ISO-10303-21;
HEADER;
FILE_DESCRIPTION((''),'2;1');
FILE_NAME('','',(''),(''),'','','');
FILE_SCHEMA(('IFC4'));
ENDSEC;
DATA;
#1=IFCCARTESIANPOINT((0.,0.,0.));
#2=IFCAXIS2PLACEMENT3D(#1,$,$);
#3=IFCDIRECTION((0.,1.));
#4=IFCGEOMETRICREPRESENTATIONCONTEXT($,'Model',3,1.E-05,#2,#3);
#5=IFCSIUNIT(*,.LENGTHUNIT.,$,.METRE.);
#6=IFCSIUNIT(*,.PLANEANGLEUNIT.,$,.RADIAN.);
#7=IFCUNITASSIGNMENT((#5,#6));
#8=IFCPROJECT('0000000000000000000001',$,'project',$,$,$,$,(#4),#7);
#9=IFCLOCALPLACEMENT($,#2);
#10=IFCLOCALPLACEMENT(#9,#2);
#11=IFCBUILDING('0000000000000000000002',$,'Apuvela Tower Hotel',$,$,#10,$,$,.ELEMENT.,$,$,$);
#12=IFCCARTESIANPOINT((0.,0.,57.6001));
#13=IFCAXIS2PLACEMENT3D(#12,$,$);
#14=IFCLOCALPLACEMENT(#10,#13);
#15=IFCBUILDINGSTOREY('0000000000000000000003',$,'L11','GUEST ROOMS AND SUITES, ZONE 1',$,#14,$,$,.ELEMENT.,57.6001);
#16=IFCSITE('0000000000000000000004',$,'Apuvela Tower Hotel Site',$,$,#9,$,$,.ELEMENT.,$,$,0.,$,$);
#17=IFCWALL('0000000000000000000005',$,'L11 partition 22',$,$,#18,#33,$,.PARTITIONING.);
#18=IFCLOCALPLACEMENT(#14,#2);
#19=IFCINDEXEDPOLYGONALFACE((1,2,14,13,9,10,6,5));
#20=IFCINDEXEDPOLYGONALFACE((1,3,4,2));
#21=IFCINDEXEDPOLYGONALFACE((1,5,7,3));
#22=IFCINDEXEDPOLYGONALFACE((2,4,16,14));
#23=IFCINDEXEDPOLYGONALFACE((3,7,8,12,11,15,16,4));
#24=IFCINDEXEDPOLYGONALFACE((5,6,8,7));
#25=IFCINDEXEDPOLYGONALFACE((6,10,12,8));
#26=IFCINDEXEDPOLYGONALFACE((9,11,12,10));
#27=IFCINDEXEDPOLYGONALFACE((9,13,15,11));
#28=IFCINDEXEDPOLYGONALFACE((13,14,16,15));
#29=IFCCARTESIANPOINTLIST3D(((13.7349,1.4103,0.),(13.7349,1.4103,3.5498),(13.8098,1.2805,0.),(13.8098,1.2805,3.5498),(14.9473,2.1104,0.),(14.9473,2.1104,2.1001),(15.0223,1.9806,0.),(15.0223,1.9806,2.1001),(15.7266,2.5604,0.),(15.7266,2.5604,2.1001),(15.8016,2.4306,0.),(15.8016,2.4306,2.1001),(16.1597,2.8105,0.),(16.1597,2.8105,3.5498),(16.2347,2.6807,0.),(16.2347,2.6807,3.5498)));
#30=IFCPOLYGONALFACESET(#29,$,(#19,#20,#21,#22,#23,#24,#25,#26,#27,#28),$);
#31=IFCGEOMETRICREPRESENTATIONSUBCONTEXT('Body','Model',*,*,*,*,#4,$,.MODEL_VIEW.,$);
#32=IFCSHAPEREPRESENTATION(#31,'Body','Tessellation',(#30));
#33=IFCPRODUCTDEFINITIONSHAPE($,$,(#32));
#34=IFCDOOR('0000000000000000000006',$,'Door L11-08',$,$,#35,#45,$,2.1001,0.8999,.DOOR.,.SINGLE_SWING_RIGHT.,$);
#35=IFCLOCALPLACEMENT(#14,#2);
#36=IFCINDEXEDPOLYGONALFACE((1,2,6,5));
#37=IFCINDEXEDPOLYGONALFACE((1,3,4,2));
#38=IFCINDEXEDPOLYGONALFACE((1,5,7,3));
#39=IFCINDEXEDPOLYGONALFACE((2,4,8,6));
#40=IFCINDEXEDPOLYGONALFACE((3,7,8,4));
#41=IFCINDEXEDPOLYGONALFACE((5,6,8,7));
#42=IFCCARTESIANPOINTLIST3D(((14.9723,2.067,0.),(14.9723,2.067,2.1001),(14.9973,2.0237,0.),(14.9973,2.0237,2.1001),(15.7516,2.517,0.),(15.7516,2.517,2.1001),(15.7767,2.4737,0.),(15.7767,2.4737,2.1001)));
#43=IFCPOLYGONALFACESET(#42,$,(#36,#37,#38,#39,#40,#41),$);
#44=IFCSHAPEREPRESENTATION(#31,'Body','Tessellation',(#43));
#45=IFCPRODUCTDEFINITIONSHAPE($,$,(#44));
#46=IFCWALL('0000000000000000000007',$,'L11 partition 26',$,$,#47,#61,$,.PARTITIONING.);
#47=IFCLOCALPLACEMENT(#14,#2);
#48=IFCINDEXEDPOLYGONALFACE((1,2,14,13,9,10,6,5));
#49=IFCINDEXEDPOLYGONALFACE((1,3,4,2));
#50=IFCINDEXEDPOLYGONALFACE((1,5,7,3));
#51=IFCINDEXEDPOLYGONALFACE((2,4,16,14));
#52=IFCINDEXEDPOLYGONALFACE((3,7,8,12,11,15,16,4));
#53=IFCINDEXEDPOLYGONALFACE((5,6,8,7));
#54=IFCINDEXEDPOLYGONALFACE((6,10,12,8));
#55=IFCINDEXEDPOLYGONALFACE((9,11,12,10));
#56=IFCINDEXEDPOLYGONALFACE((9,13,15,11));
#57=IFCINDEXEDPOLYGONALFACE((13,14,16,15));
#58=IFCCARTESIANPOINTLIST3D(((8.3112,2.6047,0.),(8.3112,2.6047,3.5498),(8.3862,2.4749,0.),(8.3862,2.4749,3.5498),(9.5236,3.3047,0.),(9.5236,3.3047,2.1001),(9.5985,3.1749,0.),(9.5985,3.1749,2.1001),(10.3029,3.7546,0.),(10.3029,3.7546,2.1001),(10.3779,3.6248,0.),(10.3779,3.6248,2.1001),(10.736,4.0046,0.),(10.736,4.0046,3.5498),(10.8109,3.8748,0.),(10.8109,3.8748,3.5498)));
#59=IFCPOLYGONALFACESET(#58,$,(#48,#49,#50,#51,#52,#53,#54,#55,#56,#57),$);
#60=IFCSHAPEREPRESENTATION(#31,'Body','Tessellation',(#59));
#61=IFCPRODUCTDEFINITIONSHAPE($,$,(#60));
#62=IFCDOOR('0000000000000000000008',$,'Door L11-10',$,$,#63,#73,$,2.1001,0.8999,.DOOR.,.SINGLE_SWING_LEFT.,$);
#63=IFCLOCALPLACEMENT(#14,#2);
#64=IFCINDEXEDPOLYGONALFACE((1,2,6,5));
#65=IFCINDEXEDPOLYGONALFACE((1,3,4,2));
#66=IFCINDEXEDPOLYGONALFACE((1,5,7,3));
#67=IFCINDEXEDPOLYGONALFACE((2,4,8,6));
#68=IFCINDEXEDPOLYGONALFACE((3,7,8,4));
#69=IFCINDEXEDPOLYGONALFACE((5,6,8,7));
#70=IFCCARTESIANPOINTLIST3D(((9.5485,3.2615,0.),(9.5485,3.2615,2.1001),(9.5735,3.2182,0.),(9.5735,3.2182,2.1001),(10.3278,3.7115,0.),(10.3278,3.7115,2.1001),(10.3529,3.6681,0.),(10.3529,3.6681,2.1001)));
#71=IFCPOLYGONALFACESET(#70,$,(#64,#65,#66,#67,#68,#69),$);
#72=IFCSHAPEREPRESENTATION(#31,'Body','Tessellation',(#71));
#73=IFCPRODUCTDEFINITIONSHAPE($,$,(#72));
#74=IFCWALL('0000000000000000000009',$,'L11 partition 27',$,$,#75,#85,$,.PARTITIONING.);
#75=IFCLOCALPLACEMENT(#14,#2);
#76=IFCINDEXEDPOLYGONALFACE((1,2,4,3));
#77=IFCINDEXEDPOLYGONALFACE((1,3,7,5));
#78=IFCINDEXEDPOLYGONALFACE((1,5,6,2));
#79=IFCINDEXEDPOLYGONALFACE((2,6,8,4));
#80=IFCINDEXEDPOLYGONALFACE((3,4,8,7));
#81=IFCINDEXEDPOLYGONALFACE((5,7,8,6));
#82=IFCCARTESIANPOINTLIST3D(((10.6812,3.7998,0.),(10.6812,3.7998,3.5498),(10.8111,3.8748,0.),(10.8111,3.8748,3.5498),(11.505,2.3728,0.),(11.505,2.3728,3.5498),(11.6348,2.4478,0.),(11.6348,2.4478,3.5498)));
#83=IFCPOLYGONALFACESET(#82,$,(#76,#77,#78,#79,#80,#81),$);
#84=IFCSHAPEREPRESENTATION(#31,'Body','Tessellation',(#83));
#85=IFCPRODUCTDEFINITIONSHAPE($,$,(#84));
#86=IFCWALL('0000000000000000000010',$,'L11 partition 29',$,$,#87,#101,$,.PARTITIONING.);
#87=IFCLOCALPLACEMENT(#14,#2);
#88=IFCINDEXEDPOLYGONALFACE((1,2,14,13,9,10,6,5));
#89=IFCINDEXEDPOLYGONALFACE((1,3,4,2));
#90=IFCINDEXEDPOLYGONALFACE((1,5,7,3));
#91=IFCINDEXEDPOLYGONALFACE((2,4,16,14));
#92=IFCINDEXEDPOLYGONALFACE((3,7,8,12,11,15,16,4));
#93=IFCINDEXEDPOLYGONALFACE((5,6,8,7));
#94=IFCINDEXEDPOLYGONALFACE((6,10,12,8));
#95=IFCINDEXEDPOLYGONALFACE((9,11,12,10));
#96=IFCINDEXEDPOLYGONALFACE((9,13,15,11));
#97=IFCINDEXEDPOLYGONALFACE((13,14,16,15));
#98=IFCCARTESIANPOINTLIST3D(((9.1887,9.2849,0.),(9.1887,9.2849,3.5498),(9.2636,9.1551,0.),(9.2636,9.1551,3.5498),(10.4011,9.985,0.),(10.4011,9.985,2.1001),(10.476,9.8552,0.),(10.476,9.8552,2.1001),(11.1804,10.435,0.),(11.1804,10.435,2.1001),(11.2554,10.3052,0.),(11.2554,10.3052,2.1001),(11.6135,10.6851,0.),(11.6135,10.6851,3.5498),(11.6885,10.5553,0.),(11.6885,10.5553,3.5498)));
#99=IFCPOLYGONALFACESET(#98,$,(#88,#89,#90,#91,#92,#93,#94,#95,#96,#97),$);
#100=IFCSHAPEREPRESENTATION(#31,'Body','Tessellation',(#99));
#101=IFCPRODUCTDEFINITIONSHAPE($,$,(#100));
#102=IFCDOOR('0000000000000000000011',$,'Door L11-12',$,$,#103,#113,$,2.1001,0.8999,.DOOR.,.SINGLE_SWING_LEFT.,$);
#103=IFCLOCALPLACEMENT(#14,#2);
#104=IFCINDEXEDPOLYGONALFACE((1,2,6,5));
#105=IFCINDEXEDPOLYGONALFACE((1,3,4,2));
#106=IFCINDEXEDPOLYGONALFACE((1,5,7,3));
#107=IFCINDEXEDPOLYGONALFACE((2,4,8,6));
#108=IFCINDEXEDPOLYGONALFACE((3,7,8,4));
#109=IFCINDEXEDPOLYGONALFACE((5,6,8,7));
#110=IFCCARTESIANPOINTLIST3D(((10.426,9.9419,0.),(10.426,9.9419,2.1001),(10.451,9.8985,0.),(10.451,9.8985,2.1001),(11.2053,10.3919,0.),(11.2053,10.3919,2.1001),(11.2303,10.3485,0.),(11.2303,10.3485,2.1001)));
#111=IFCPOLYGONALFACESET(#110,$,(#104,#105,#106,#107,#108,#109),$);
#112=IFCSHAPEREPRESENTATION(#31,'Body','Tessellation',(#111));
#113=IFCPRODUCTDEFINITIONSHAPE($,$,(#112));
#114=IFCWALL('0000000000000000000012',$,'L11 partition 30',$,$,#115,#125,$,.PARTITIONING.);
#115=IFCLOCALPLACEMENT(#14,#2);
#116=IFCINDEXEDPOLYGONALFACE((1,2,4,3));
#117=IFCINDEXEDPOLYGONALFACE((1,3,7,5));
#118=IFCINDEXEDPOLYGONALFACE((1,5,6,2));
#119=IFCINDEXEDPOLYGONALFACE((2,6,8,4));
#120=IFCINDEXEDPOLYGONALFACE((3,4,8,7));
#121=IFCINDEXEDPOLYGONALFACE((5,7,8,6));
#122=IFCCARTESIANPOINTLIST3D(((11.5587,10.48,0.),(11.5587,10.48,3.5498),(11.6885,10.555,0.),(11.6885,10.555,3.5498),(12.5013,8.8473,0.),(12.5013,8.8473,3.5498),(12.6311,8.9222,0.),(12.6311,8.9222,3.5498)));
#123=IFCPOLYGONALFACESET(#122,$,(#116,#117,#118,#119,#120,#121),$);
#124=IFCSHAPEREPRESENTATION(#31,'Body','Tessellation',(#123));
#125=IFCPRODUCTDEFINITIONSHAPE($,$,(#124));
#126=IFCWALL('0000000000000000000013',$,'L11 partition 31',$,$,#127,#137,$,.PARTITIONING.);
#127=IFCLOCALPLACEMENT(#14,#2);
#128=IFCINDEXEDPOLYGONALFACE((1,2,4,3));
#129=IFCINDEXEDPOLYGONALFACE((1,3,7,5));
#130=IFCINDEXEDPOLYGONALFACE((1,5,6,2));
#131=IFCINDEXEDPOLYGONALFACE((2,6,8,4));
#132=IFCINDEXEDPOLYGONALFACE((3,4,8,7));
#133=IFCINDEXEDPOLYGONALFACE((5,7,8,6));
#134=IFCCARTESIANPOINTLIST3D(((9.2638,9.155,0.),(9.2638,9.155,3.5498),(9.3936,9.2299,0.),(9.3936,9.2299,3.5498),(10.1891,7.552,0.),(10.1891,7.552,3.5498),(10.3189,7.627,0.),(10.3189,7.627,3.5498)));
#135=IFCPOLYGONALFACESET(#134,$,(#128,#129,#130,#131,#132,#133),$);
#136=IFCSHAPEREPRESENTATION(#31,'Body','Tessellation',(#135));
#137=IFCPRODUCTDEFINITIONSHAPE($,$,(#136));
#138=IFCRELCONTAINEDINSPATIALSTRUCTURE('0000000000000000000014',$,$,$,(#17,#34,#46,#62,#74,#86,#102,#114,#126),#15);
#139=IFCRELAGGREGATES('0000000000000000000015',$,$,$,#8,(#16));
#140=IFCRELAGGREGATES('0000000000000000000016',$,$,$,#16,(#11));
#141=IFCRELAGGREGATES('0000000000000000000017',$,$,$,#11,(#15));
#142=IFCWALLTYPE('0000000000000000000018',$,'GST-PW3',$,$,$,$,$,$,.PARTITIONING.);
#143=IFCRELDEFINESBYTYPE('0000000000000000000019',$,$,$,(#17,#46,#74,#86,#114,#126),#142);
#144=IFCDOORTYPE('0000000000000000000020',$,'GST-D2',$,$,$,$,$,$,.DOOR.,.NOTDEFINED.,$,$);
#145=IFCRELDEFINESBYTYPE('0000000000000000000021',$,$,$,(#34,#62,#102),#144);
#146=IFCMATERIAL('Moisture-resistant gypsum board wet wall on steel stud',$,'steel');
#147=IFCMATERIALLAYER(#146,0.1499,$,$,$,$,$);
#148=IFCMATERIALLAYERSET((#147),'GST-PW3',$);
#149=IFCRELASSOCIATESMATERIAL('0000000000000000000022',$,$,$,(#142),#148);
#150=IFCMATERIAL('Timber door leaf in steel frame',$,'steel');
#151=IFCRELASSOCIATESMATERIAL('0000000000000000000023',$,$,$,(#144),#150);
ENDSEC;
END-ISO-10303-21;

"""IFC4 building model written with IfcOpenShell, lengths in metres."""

from ifc_helpers import new_model, si_unit, direction, frame, frame_2d, origin, place, context, subcontext, project, spatial, rectangle, extrude, material, layer, layer_set, type_object, element, fill, save


model = new_model("IFC4")

# Units and contexts
model_context = context("Model", 3, precision=1e-05, world=origin(), true_north=direction((0.0, 1.0)))
body_context = subcontext(model_context, "Body", "Model", "MODEL_VIEW")
ifc_project = project(units=[si_unit("LENGTHUNIT", "METRE"), si_unit("PLANEANGLEUNIT", "RADIAN")], contexts=[model_context])

# Site, building, storey
site_placement = place(None, origin())
site = spatial("IfcSite", under=ifc_project, at=site_placement, Name="Apuvela Tower Hotel Site", CompositionType="ELEMENT", RefElevation=0.0)
building_placement = place(site_placement, origin())
building = spatial("IfcBuilding", under=site, at=building_placement, Name="Apuvela Tower Hotel", CompositionType="ELEMENT")
storey_placement = place(building_placement, frame((0.0, 0.0, 57.6001)))
storey = spatial("IfcBuildingStorey", under=building, at=storey_placement, Name="L11", Description="GUEST ROOMS AND SUITES, ZONE 1", CompositionType="ELEMENT", Elevation=57.6001)

# Walls, openings, doors
ifc_material_1 = material(Name="Timber door leaf in steel frame", Category="steel")
ifc_material_2 = material(Name="Moisture-resistant gypsum board wet wall on steel stud", Category="steel")
ifc_layer_1 = layer(ifc_material_2, 0.1499)
ifc_layer_set_1 = layer_set([ifc_layer_1], Name="GST-PW3")
wall_type_1 = type_object("IfcWallType", Name="GST-PW3", PredefinedType="PARTITIONING", material=ifc_layer_set_1)
wall_1_placement = place(storey_placement, frame((13.7725, 1.3455, 0.0), z_axis=(0.0, 0.0, 1.0), x_axis=(0.865997, 0.50005, 0.0)))
wall_1 = element("IfcWall", 1, at=wall_1_placement, inside=storey, type_object=wall_type_1, Name="L11 partition 22", PredefinedType="PARTITIONING", context=body_context, shape_type="SweptSolid", body=[
    extrude(rectangle(XDim=2.8, YDim=0.1499, at=frame_2d((1.3999, 0.0))), origin(), (0.0, 0.0, 1.0), 3.5498),
])
opening_1_placement = place(wall_1_placement, frame((1.3999, 0.0, 0.0)))
opening_1 = element("IfcOpeningElement", 2, at=opening_1_placement, cuts=wall_1, PredefinedType="OPENING", context=body_context, shape_type="SweptSolid", body=[
    extrude(rectangle(XDim=0.8999, YDim=2.1001, at=frame_2d((0.45, 1.05))), frame((0.0, 0.085, 0.0), z_axis=(0.0, -1.0, 0.0), x_axis=(1.0, 0.0, 0.0)), (0.0, 0.0, 1.0), 0.1699),
])
door_type_1 = type_object("IfcDoorType", Name="GST-D2", OperationType="NOTDEFINED", PredefinedType="DOOR", material=ifc_material_1)
door_1_placement = place(opening_1_placement, origin())
door_1 = element("IfcDoor", 3, at=door_1_placement, inside=storey, type_object=door_type_1, Name="Door L11-08", OperationType="SINGLE_SWING_RIGHT", OverallHeight=2.1001, OverallWidth=0.8999, PredefinedType="DOOR", context=body_context, shape_type="SweptSolid", body=[
    extrude(rectangle(XDim=0.8999, YDim=2.1001, at=frame_2d((0.45, 1.05))), frame((0.0, 0.0249, 0.0), z_axis=(0.0, -1.0, 0.0), x_axis=(1.0, 0.0, 0.0)), (0.0, 0.0, 1.0), 0.05),
])
fill(opening_1, door_1)
wall_2_placement = place(storey_placement, frame((10.7734, 3.9397, 0.0), z_axis=(0.0, 0.0, 1.0), x_axis=(-0.866035, -0.499984, 0.0)))
wall_2 = element("IfcWall", 4, at=wall_2_placement, inside=storey, type_object=wall_type_1, Name="L11 partition 26", PredefinedType="PARTITIONING", context=body_context, shape_type="SweptSolid", body=[
    extrude(rectangle(XDim=2.7998, YDim=0.1499, at=frame_2d((1.3999, 0.0))), origin(), (0.0, 0.0, 1.0), 3.5498),
])
opening_2_placement = place(wall_2_placement, frame((0.5, 0.0, 0.0)))
opening_2 = element("IfcOpeningElement", 5, at=opening_2_placement, cuts=wall_2, PredefinedType="OPENING", context=body_context, shape_type="SweptSolid", body=[
    extrude(rectangle(XDim=0.8999, YDim=2.1001, at=frame_2d((0.45, 1.05))), frame((0.0, 0.085, 0.0), z_axis=(0.0, -1.0, 0.0), x_axis=(1.0, 0.0, 0.0)), (0.0, 0.0, 1.0), 0.1699),
])
door_2_placement = place(opening_2_placement, origin())
door_2 = element("IfcDoor", 6, at=door_2_placement, inside=storey, type_object=door_type_1, Name="Door L11-10", OperationType="SINGLE_SWING_LEFT", OverallHeight=2.1001, OverallWidth=0.8999, PredefinedType="DOOR", context=body_context, shape_type="SweptSolid", body=[
    extrude(rectangle(XDim=0.8999, YDim=2.1001, at=frame_2d((0.45, 1.05))), frame((0.0, 0.0249, 0.0), z_axis=(0.0, -1.0, 0.0), x_axis=(1.0, 0.0, 0.0)), (0.0, 0.0, 1.0), 0.05),
])
fill(opening_2, door_2)

# Wall
wall_3_placement = place(storey_placement, frame((11.5698, 2.4104, 0.0), z_axis=(0.0, 0.0, 1.0), x_axis=(-0.499932, 0.866065, 0.0)))
element("IfcWall", 7, at=wall_3_placement, inside=storey, type_object=wall_type_1, Name="L11 partition 27", PredefinedType="PARTITIONING", context=body_context, shape_type="SweptSolid", body=[
    extrude(rectangle(XDim=1.6477, YDim=0.1499, at=frame_2d((0.8237, 0.0))), origin(), (0.0, 0.0, 1.0), 3.5498),
])

# Wall, opening, door
wall_4_placement = place(storey_placement, frame((11.6509, 10.6201, 0.0), z_axis=(0.0, 0.0, 1.0), x_axis=(-0.865997, -0.50005, 0.0)))
wall_4 = element("IfcWall", 8, at=wall_4_placement, inside=storey, type_object=wall_type_1, Name="L11 partition 29", PredefinedType="PARTITIONING", context=body_context, shape_type="SweptSolid", body=[
    extrude(rectangle(XDim=2.8, YDim=0.1499, at=frame_2d((1.3999, 0.0))), origin(), (0.0, 0.0, 1.0), 3.5498),
])
opening_3_placement = place(wall_4_placement, frame((0.5, 0.0, 0.0)))
opening_3 = element("IfcOpeningElement", 9, at=opening_3_placement, cuts=wall_4, PredefinedType="OPENING", context=body_context, shape_type="SweptSolid", body=[
    extrude(rectangle(XDim=0.8999, YDim=2.1001, at=frame_2d((0.45, 1.05))), frame((0.0, 0.085, 0.0), z_axis=(0.0, -1.0, 0.0), x_axis=(1.0, 0.0, 0.0)), (0.0, 0.0, 1.0), 0.1699),
])
door_3_placement = place(opening_3_placement, origin())
door_3 = element("IfcDoor", 10, at=door_3_placement, inside=storey, type_object=door_type_1, Name="Door L11-12", OperationType="SINGLE_SWING_LEFT", OverallHeight=2.1001, OverallWidth=0.8999, PredefinedType="DOOR", context=body_context, shape_type="SweptSolid", body=[
    extrude(rectangle(XDim=0.8999, YDim=2.1001, at=frame_2d((0.45, 1.05))), frame((0.0, 0.0249, 0.0), z_axis=(0.0, -1.0, 0.0), x_axis=(1.0, 0.0, 0.0)), (0.0, 0.0, 1.0), 0.05),
])
fill(opening_3, door_3)

# Walls
wall_5_placement = place(storey_placement, frame((12.5662, 8.8848, 0.0), z_axis=(0.0, 0.0, 1.0), x_axis=(-0.499969, 0.866043, 0.0)))
element("IfcWall", 11, at=wall_5_placement, inside=storey, type_object=wall_type_1, Name="L11 partition 30", PredefinedType="PARTITIONING", context=body_context, shape_type="SweptSolid", body=[
    extrude(rectangle(XDim=1.8853, YDim=0.1499, at=frame_2d((0.9426, 0.0))), origin(), (0.0, 0.0, 1.0), 3.5498),
])
wall_6_placement = place(storey_placement, frame((10.2539, 7.5896, 0.0), z_axis=(0.0, 0.0, 1.0), x_axis=(-0.499913, 0.866076, 0.0)))
element("IfcWall", 12, at=wall_6_placement, inside=storey, type_object=wall_type_1, Name="L11 partition 31", PredefinedType="PARTITIONING", context=body_context, shape_type="SweptSolid", body=[
    extrude(rectangle(XDim=1.8508, YDim=0.1499, at=frame_2d((0.9253, 0.0))), origin(), (0.0, 0.0, 1.0), 3.5498),
])

save(model, "model.ifc")
